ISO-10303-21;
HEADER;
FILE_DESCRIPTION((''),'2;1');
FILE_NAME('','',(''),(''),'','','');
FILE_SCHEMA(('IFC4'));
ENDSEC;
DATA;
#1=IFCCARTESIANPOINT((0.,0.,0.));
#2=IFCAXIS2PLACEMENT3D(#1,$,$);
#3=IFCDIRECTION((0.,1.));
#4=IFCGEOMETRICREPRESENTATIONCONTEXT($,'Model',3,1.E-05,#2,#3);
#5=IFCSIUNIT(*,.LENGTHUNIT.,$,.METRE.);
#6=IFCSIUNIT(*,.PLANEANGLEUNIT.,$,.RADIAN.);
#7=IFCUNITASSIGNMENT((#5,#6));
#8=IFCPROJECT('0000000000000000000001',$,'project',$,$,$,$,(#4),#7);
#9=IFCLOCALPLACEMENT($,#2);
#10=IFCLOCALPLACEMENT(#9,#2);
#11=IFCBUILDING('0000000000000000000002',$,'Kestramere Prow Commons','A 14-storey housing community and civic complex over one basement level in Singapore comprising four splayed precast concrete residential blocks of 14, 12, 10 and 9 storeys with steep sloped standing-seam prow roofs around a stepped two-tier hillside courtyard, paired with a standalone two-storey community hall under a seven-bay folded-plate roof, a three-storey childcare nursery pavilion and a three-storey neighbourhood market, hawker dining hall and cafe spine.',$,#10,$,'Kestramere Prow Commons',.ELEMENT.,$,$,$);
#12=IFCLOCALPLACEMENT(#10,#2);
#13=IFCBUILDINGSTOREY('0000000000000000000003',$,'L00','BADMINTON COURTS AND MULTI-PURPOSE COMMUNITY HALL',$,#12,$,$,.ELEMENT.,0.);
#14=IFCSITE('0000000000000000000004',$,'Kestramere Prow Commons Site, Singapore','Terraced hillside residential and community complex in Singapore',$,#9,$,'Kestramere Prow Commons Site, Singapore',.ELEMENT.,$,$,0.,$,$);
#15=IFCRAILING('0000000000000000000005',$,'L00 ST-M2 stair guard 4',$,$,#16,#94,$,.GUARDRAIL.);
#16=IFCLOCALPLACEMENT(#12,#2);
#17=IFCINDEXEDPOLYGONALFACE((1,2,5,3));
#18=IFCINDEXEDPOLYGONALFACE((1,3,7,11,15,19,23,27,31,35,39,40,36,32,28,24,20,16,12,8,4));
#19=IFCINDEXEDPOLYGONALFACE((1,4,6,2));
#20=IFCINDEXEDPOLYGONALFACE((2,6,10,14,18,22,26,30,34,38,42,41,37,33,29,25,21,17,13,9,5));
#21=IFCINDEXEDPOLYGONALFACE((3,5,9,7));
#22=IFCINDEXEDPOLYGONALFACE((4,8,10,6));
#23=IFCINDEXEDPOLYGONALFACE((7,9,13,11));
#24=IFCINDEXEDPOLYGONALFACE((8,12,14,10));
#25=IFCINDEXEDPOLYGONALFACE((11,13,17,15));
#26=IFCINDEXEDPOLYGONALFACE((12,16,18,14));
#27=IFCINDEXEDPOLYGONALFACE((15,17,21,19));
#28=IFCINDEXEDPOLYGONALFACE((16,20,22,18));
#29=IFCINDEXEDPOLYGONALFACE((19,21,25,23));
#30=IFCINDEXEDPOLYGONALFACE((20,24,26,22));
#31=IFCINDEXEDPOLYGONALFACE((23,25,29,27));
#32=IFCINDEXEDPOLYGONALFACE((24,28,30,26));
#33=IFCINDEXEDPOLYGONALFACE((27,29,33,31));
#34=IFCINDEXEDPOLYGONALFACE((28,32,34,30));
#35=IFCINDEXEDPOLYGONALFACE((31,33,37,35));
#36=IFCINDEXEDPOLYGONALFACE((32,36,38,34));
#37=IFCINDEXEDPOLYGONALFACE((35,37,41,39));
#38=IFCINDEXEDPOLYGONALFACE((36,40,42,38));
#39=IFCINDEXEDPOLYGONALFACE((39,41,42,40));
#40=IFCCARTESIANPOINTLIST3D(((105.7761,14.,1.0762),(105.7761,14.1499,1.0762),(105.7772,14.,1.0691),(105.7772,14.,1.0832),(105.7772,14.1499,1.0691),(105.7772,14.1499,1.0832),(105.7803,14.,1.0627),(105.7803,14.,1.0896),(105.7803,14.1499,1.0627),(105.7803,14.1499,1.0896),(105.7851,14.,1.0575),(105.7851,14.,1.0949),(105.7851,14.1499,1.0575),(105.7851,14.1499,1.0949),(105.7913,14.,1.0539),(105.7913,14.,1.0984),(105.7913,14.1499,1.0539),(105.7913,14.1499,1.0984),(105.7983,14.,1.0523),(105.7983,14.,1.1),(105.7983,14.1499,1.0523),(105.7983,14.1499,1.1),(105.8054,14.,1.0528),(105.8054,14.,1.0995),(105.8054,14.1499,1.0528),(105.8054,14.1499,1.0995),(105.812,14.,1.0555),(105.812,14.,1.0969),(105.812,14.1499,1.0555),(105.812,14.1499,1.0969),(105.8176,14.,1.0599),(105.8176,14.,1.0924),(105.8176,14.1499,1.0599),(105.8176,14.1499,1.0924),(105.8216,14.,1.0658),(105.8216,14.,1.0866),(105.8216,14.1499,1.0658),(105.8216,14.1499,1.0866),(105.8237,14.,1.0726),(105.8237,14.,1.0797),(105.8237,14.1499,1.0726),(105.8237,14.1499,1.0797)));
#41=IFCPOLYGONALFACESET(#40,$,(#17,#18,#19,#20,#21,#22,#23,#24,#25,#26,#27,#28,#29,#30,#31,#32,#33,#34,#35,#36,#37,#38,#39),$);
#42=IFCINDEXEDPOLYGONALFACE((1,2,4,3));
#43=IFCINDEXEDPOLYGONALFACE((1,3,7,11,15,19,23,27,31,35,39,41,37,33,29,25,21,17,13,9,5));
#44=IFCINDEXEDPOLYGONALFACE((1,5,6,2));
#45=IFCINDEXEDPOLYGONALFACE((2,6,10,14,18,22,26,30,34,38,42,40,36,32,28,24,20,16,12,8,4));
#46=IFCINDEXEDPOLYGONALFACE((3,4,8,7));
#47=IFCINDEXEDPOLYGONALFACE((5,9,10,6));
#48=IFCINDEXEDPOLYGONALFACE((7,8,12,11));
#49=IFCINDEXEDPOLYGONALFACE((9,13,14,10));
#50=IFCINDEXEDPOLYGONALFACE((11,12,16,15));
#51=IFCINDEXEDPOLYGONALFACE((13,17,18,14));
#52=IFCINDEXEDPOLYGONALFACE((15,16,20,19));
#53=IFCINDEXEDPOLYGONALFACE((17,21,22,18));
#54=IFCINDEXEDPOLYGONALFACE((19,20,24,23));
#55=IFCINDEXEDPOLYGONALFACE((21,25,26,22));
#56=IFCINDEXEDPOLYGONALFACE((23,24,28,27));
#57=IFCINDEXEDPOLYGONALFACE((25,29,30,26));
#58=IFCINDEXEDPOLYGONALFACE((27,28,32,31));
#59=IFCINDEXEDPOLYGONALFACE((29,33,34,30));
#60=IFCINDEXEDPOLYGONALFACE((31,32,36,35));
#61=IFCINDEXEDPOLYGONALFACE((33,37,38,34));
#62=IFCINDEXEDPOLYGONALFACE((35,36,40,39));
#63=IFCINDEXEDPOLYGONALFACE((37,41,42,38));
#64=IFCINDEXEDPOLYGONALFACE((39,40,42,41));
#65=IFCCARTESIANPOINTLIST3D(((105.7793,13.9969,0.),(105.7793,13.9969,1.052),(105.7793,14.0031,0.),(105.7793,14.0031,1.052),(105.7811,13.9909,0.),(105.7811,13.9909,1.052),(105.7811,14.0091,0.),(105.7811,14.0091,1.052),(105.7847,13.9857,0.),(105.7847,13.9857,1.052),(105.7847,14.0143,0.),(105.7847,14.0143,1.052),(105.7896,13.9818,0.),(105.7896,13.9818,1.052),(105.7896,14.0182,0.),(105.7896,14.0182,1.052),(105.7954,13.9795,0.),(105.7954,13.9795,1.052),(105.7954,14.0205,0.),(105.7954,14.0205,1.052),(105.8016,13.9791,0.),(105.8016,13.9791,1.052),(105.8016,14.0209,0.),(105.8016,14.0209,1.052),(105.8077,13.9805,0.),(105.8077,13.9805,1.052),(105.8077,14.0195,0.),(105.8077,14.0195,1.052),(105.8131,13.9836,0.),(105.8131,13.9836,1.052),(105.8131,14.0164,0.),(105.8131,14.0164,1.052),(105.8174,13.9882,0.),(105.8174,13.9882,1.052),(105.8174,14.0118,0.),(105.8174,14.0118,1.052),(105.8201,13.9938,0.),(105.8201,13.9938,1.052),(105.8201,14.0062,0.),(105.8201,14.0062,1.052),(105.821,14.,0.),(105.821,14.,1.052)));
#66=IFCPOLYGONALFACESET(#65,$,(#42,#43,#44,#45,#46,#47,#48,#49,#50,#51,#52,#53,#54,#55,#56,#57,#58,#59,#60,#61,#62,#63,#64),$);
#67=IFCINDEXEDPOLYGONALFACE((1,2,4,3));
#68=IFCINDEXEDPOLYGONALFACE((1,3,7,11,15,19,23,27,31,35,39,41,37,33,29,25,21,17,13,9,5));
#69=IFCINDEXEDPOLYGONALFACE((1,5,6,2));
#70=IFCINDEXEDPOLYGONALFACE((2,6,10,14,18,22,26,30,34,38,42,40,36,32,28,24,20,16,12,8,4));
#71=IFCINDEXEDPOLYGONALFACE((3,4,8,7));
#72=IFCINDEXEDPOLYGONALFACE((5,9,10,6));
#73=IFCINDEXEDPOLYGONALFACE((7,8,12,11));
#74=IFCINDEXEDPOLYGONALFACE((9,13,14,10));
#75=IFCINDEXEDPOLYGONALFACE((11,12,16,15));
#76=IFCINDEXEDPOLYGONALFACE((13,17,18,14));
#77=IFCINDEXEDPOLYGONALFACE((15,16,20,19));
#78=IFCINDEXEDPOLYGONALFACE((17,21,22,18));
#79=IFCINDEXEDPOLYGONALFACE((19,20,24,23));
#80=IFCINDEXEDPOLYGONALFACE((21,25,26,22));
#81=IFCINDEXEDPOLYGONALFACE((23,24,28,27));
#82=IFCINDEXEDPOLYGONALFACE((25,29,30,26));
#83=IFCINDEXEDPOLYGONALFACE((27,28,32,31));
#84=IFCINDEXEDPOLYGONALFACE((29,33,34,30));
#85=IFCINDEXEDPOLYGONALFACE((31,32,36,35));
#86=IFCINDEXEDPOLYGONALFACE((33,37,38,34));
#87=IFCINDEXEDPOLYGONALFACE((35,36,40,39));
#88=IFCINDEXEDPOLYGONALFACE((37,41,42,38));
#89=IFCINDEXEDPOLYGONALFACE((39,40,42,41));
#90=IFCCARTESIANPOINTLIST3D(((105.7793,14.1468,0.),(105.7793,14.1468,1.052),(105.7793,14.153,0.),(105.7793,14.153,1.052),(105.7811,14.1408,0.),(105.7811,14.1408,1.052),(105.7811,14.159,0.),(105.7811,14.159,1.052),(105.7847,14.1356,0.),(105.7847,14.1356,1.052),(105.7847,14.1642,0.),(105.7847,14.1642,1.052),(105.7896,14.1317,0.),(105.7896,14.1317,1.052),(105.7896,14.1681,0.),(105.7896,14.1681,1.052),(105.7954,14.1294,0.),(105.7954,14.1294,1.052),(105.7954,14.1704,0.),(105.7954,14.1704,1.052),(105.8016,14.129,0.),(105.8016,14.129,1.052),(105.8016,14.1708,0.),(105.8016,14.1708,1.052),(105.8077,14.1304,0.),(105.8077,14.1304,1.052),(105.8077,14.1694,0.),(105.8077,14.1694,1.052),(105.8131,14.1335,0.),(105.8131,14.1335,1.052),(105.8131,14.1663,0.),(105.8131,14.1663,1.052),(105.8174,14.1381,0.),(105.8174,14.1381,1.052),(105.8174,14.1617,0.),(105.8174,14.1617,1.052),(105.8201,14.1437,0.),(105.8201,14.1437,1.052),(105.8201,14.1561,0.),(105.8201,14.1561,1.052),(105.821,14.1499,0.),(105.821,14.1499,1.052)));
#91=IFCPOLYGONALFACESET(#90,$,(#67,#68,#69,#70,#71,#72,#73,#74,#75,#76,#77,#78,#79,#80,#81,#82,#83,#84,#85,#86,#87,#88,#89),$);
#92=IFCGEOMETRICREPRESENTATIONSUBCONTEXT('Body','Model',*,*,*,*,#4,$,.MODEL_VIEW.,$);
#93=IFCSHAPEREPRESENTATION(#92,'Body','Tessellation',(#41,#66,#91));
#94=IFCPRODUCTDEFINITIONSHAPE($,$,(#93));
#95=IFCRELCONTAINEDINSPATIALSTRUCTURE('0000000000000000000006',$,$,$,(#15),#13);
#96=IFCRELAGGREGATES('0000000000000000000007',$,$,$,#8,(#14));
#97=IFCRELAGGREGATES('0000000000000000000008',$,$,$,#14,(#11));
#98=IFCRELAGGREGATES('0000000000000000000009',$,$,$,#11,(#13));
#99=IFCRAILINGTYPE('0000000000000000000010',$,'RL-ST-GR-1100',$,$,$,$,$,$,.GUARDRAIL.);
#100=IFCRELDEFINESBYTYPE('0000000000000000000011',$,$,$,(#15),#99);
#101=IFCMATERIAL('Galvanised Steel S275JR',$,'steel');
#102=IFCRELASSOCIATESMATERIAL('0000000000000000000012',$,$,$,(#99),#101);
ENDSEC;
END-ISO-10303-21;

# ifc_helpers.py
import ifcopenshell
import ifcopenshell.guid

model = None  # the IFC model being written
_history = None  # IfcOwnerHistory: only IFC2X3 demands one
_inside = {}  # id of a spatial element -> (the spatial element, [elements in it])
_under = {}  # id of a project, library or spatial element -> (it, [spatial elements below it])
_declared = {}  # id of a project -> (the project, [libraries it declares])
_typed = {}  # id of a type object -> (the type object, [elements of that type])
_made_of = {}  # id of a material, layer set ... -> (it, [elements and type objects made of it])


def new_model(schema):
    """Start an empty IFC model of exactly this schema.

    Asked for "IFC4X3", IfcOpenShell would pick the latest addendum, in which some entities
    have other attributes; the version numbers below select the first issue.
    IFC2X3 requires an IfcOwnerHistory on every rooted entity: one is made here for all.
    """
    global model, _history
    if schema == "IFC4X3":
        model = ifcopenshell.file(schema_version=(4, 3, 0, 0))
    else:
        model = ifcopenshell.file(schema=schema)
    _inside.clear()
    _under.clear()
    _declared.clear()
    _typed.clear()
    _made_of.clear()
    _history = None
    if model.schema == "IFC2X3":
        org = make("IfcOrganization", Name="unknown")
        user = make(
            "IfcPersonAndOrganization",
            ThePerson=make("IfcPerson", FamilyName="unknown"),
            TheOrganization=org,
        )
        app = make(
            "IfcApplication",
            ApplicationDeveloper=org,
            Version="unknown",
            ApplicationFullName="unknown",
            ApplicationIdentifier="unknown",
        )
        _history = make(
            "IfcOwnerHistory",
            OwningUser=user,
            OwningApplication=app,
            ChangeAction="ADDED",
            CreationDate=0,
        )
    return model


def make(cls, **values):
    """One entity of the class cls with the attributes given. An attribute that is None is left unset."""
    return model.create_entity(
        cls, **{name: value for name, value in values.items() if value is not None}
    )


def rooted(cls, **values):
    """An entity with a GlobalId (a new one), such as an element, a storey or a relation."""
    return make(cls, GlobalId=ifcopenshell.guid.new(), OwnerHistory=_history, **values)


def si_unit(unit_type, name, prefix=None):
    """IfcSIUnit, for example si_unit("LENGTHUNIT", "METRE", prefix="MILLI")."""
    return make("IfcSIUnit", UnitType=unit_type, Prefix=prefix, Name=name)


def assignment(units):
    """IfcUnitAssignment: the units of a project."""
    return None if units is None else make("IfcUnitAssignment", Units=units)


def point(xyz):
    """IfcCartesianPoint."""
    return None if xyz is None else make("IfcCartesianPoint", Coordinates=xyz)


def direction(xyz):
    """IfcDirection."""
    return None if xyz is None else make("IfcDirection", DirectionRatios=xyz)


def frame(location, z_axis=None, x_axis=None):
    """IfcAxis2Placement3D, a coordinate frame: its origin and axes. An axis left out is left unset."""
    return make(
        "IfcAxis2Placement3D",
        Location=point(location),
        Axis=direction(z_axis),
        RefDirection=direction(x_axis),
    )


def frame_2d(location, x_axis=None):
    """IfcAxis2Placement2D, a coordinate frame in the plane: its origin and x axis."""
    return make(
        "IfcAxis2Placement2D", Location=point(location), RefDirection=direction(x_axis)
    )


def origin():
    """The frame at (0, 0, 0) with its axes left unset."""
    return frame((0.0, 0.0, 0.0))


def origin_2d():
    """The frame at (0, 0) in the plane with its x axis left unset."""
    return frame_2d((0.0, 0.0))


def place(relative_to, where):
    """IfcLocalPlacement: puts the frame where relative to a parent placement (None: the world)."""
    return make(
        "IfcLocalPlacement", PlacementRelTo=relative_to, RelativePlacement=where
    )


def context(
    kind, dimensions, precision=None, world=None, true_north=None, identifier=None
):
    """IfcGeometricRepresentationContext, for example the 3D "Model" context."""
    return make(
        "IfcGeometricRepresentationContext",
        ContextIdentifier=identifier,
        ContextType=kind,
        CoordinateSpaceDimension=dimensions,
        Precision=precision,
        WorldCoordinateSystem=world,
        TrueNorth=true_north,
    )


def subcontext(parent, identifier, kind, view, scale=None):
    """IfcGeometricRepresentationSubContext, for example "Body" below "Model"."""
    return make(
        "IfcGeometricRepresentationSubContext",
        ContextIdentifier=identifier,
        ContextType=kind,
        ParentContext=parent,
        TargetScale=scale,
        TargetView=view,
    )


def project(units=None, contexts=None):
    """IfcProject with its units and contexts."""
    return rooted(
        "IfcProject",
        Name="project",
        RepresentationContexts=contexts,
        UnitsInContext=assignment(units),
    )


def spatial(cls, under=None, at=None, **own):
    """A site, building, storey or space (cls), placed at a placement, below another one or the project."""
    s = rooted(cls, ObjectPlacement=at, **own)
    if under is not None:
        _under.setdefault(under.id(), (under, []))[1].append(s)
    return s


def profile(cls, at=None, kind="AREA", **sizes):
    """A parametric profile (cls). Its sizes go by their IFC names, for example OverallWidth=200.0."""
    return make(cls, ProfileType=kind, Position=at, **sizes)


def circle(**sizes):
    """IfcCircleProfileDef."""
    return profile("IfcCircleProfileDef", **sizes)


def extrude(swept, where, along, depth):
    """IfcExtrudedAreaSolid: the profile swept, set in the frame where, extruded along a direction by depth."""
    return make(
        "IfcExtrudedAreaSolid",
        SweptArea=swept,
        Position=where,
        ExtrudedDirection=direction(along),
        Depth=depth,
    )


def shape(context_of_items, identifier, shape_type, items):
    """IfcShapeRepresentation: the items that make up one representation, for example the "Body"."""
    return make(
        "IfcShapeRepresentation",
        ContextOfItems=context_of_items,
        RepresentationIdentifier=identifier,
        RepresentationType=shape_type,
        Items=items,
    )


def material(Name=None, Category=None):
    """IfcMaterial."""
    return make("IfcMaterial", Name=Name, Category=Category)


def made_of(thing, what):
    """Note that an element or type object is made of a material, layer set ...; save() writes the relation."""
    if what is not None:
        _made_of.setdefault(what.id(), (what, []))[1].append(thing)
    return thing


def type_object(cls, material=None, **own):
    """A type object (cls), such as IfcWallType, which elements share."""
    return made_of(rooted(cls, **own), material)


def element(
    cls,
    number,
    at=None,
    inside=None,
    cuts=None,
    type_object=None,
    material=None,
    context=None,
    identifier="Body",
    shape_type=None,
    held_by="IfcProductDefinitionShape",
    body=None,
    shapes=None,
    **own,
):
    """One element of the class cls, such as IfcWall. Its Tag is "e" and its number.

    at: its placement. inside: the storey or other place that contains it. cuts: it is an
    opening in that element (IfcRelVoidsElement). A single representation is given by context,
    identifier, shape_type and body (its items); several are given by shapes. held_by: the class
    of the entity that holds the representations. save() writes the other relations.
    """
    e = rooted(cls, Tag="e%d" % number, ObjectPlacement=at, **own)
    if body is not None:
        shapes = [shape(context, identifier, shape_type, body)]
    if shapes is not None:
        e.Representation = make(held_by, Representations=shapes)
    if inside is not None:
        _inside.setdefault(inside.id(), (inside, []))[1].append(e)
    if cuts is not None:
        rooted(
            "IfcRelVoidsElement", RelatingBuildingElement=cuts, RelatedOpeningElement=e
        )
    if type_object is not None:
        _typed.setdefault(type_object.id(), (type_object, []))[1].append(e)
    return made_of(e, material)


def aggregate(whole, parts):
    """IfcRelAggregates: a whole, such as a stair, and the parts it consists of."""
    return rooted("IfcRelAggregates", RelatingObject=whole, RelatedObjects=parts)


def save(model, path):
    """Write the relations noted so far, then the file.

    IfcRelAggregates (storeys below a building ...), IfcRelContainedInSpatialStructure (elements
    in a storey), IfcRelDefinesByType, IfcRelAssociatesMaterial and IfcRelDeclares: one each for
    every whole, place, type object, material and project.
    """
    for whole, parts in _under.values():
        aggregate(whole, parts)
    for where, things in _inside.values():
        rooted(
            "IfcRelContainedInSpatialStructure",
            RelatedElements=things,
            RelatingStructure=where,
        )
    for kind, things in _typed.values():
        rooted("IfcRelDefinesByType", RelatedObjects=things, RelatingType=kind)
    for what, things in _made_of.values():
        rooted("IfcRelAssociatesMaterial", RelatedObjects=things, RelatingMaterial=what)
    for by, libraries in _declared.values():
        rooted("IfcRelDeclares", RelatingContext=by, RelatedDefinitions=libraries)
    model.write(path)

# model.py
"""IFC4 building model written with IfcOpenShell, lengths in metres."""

from ifc_helpers import new_model, si_unit, direction, frame, origin, origin_2d, place, context, subcontext, project, spatial, circle, extrude, material, type_object, element, save


model = new_model("IFC4")

# Units and contexts
model_context = context("Model", 3, precision=1e-05, world=origin(), true_north=direction((0.0, 1.0)))
body_context = subcontext(model_context, "Body", "Model", "MODEL_VIEW")
ifc_project = project(units=[si_unit("LENGTHUNIT", "METRE"), si_unit("PLANEANGLEUNIT", "RADIAN")], contexts=[model_context])

# Site, building, storey
site_placement = place(None, origin())
site = spatial("IfcSite", under=ifc_project, at=site_placement, Name="Kestramere Prow Commons Site, Singapore", Description="Terraced hillside residential and community complex in Singapore", LongName="Kestramere Prow Commons Site, Singapore", CompositionType="ELEMENT", RefElevation=0.0)
building_placement = place(site_placement, origin())
building = spatial("IfcBuilding", under=site, at=building_placement, Name="Kestramere Prow Commons", Description="A 14-storey housing community and civic complex over one basement level in Singapore comprising four splayed precast concrete residential blocks of 14, 12, 10 and 9 storeys with steep sloped standing-seam prow roofs around a stepped two-tier hillside courtyard, paired with a standalone two-storey community hall under a seven-bay folded-plate roof, a three-storey childcare nursery pavilion and a three-storey neighbourhood market, hawker dining hall and cafe spine.", LongName="Kestramere Prow Commons", CompositionType="ELEMENT")
storey_placement = place(building_placement, origin())
storey = spatial("IfcBuildingStorey", under=building, at=storey_placement, Name="L00", Description="BADMINTON COURTS AND MULTI-PURPOSE COMMUNITY HALL", CompositionType="ELEMENT", Elevation=0.0)

# Railing
ifc_material_1 = material(Name="Galvanised Steel S275JR", Category="steel")
railing_type_1 = type_object("IfcRailingType", Name="RL-ST-GR-1100", PredefinedType="GUARDRAIL", material=ifc_material_1)
railing_1_placement = place(storey_placement, frame((105.8, 14.0, 0.0)))
element("IfcRailing", 1, at=railing_1_placement, inside=storey, type_object=railing_type_1, Name="L00 ST-M2 stair guard 4", PredefinedType="GUARDRAIL", context=body_context, shape_type="SweptSolid", body=[
    extrude(circle(Radius=0.0239, at=origin_2d()), frame((0.0, 0.0, 1.0762), z_axis=(0.0, 1.0, 0.0), x_axis=(-1.0, 0.0, 0.0)), (0.0, 0.0, 1.0), 0.1499),
    extrude(circle(Radius=0.021, at=origin_2d()), origin(), (0.0, 0.0, 1.0), 1.052),
    extrude(circle(Radius=0.021, at=origin_2d()), frame((0.0, 0.1499, 0.0)), (0.0, 0.0, 1.0), 1.052),
])

save(model, "model.ifc")
